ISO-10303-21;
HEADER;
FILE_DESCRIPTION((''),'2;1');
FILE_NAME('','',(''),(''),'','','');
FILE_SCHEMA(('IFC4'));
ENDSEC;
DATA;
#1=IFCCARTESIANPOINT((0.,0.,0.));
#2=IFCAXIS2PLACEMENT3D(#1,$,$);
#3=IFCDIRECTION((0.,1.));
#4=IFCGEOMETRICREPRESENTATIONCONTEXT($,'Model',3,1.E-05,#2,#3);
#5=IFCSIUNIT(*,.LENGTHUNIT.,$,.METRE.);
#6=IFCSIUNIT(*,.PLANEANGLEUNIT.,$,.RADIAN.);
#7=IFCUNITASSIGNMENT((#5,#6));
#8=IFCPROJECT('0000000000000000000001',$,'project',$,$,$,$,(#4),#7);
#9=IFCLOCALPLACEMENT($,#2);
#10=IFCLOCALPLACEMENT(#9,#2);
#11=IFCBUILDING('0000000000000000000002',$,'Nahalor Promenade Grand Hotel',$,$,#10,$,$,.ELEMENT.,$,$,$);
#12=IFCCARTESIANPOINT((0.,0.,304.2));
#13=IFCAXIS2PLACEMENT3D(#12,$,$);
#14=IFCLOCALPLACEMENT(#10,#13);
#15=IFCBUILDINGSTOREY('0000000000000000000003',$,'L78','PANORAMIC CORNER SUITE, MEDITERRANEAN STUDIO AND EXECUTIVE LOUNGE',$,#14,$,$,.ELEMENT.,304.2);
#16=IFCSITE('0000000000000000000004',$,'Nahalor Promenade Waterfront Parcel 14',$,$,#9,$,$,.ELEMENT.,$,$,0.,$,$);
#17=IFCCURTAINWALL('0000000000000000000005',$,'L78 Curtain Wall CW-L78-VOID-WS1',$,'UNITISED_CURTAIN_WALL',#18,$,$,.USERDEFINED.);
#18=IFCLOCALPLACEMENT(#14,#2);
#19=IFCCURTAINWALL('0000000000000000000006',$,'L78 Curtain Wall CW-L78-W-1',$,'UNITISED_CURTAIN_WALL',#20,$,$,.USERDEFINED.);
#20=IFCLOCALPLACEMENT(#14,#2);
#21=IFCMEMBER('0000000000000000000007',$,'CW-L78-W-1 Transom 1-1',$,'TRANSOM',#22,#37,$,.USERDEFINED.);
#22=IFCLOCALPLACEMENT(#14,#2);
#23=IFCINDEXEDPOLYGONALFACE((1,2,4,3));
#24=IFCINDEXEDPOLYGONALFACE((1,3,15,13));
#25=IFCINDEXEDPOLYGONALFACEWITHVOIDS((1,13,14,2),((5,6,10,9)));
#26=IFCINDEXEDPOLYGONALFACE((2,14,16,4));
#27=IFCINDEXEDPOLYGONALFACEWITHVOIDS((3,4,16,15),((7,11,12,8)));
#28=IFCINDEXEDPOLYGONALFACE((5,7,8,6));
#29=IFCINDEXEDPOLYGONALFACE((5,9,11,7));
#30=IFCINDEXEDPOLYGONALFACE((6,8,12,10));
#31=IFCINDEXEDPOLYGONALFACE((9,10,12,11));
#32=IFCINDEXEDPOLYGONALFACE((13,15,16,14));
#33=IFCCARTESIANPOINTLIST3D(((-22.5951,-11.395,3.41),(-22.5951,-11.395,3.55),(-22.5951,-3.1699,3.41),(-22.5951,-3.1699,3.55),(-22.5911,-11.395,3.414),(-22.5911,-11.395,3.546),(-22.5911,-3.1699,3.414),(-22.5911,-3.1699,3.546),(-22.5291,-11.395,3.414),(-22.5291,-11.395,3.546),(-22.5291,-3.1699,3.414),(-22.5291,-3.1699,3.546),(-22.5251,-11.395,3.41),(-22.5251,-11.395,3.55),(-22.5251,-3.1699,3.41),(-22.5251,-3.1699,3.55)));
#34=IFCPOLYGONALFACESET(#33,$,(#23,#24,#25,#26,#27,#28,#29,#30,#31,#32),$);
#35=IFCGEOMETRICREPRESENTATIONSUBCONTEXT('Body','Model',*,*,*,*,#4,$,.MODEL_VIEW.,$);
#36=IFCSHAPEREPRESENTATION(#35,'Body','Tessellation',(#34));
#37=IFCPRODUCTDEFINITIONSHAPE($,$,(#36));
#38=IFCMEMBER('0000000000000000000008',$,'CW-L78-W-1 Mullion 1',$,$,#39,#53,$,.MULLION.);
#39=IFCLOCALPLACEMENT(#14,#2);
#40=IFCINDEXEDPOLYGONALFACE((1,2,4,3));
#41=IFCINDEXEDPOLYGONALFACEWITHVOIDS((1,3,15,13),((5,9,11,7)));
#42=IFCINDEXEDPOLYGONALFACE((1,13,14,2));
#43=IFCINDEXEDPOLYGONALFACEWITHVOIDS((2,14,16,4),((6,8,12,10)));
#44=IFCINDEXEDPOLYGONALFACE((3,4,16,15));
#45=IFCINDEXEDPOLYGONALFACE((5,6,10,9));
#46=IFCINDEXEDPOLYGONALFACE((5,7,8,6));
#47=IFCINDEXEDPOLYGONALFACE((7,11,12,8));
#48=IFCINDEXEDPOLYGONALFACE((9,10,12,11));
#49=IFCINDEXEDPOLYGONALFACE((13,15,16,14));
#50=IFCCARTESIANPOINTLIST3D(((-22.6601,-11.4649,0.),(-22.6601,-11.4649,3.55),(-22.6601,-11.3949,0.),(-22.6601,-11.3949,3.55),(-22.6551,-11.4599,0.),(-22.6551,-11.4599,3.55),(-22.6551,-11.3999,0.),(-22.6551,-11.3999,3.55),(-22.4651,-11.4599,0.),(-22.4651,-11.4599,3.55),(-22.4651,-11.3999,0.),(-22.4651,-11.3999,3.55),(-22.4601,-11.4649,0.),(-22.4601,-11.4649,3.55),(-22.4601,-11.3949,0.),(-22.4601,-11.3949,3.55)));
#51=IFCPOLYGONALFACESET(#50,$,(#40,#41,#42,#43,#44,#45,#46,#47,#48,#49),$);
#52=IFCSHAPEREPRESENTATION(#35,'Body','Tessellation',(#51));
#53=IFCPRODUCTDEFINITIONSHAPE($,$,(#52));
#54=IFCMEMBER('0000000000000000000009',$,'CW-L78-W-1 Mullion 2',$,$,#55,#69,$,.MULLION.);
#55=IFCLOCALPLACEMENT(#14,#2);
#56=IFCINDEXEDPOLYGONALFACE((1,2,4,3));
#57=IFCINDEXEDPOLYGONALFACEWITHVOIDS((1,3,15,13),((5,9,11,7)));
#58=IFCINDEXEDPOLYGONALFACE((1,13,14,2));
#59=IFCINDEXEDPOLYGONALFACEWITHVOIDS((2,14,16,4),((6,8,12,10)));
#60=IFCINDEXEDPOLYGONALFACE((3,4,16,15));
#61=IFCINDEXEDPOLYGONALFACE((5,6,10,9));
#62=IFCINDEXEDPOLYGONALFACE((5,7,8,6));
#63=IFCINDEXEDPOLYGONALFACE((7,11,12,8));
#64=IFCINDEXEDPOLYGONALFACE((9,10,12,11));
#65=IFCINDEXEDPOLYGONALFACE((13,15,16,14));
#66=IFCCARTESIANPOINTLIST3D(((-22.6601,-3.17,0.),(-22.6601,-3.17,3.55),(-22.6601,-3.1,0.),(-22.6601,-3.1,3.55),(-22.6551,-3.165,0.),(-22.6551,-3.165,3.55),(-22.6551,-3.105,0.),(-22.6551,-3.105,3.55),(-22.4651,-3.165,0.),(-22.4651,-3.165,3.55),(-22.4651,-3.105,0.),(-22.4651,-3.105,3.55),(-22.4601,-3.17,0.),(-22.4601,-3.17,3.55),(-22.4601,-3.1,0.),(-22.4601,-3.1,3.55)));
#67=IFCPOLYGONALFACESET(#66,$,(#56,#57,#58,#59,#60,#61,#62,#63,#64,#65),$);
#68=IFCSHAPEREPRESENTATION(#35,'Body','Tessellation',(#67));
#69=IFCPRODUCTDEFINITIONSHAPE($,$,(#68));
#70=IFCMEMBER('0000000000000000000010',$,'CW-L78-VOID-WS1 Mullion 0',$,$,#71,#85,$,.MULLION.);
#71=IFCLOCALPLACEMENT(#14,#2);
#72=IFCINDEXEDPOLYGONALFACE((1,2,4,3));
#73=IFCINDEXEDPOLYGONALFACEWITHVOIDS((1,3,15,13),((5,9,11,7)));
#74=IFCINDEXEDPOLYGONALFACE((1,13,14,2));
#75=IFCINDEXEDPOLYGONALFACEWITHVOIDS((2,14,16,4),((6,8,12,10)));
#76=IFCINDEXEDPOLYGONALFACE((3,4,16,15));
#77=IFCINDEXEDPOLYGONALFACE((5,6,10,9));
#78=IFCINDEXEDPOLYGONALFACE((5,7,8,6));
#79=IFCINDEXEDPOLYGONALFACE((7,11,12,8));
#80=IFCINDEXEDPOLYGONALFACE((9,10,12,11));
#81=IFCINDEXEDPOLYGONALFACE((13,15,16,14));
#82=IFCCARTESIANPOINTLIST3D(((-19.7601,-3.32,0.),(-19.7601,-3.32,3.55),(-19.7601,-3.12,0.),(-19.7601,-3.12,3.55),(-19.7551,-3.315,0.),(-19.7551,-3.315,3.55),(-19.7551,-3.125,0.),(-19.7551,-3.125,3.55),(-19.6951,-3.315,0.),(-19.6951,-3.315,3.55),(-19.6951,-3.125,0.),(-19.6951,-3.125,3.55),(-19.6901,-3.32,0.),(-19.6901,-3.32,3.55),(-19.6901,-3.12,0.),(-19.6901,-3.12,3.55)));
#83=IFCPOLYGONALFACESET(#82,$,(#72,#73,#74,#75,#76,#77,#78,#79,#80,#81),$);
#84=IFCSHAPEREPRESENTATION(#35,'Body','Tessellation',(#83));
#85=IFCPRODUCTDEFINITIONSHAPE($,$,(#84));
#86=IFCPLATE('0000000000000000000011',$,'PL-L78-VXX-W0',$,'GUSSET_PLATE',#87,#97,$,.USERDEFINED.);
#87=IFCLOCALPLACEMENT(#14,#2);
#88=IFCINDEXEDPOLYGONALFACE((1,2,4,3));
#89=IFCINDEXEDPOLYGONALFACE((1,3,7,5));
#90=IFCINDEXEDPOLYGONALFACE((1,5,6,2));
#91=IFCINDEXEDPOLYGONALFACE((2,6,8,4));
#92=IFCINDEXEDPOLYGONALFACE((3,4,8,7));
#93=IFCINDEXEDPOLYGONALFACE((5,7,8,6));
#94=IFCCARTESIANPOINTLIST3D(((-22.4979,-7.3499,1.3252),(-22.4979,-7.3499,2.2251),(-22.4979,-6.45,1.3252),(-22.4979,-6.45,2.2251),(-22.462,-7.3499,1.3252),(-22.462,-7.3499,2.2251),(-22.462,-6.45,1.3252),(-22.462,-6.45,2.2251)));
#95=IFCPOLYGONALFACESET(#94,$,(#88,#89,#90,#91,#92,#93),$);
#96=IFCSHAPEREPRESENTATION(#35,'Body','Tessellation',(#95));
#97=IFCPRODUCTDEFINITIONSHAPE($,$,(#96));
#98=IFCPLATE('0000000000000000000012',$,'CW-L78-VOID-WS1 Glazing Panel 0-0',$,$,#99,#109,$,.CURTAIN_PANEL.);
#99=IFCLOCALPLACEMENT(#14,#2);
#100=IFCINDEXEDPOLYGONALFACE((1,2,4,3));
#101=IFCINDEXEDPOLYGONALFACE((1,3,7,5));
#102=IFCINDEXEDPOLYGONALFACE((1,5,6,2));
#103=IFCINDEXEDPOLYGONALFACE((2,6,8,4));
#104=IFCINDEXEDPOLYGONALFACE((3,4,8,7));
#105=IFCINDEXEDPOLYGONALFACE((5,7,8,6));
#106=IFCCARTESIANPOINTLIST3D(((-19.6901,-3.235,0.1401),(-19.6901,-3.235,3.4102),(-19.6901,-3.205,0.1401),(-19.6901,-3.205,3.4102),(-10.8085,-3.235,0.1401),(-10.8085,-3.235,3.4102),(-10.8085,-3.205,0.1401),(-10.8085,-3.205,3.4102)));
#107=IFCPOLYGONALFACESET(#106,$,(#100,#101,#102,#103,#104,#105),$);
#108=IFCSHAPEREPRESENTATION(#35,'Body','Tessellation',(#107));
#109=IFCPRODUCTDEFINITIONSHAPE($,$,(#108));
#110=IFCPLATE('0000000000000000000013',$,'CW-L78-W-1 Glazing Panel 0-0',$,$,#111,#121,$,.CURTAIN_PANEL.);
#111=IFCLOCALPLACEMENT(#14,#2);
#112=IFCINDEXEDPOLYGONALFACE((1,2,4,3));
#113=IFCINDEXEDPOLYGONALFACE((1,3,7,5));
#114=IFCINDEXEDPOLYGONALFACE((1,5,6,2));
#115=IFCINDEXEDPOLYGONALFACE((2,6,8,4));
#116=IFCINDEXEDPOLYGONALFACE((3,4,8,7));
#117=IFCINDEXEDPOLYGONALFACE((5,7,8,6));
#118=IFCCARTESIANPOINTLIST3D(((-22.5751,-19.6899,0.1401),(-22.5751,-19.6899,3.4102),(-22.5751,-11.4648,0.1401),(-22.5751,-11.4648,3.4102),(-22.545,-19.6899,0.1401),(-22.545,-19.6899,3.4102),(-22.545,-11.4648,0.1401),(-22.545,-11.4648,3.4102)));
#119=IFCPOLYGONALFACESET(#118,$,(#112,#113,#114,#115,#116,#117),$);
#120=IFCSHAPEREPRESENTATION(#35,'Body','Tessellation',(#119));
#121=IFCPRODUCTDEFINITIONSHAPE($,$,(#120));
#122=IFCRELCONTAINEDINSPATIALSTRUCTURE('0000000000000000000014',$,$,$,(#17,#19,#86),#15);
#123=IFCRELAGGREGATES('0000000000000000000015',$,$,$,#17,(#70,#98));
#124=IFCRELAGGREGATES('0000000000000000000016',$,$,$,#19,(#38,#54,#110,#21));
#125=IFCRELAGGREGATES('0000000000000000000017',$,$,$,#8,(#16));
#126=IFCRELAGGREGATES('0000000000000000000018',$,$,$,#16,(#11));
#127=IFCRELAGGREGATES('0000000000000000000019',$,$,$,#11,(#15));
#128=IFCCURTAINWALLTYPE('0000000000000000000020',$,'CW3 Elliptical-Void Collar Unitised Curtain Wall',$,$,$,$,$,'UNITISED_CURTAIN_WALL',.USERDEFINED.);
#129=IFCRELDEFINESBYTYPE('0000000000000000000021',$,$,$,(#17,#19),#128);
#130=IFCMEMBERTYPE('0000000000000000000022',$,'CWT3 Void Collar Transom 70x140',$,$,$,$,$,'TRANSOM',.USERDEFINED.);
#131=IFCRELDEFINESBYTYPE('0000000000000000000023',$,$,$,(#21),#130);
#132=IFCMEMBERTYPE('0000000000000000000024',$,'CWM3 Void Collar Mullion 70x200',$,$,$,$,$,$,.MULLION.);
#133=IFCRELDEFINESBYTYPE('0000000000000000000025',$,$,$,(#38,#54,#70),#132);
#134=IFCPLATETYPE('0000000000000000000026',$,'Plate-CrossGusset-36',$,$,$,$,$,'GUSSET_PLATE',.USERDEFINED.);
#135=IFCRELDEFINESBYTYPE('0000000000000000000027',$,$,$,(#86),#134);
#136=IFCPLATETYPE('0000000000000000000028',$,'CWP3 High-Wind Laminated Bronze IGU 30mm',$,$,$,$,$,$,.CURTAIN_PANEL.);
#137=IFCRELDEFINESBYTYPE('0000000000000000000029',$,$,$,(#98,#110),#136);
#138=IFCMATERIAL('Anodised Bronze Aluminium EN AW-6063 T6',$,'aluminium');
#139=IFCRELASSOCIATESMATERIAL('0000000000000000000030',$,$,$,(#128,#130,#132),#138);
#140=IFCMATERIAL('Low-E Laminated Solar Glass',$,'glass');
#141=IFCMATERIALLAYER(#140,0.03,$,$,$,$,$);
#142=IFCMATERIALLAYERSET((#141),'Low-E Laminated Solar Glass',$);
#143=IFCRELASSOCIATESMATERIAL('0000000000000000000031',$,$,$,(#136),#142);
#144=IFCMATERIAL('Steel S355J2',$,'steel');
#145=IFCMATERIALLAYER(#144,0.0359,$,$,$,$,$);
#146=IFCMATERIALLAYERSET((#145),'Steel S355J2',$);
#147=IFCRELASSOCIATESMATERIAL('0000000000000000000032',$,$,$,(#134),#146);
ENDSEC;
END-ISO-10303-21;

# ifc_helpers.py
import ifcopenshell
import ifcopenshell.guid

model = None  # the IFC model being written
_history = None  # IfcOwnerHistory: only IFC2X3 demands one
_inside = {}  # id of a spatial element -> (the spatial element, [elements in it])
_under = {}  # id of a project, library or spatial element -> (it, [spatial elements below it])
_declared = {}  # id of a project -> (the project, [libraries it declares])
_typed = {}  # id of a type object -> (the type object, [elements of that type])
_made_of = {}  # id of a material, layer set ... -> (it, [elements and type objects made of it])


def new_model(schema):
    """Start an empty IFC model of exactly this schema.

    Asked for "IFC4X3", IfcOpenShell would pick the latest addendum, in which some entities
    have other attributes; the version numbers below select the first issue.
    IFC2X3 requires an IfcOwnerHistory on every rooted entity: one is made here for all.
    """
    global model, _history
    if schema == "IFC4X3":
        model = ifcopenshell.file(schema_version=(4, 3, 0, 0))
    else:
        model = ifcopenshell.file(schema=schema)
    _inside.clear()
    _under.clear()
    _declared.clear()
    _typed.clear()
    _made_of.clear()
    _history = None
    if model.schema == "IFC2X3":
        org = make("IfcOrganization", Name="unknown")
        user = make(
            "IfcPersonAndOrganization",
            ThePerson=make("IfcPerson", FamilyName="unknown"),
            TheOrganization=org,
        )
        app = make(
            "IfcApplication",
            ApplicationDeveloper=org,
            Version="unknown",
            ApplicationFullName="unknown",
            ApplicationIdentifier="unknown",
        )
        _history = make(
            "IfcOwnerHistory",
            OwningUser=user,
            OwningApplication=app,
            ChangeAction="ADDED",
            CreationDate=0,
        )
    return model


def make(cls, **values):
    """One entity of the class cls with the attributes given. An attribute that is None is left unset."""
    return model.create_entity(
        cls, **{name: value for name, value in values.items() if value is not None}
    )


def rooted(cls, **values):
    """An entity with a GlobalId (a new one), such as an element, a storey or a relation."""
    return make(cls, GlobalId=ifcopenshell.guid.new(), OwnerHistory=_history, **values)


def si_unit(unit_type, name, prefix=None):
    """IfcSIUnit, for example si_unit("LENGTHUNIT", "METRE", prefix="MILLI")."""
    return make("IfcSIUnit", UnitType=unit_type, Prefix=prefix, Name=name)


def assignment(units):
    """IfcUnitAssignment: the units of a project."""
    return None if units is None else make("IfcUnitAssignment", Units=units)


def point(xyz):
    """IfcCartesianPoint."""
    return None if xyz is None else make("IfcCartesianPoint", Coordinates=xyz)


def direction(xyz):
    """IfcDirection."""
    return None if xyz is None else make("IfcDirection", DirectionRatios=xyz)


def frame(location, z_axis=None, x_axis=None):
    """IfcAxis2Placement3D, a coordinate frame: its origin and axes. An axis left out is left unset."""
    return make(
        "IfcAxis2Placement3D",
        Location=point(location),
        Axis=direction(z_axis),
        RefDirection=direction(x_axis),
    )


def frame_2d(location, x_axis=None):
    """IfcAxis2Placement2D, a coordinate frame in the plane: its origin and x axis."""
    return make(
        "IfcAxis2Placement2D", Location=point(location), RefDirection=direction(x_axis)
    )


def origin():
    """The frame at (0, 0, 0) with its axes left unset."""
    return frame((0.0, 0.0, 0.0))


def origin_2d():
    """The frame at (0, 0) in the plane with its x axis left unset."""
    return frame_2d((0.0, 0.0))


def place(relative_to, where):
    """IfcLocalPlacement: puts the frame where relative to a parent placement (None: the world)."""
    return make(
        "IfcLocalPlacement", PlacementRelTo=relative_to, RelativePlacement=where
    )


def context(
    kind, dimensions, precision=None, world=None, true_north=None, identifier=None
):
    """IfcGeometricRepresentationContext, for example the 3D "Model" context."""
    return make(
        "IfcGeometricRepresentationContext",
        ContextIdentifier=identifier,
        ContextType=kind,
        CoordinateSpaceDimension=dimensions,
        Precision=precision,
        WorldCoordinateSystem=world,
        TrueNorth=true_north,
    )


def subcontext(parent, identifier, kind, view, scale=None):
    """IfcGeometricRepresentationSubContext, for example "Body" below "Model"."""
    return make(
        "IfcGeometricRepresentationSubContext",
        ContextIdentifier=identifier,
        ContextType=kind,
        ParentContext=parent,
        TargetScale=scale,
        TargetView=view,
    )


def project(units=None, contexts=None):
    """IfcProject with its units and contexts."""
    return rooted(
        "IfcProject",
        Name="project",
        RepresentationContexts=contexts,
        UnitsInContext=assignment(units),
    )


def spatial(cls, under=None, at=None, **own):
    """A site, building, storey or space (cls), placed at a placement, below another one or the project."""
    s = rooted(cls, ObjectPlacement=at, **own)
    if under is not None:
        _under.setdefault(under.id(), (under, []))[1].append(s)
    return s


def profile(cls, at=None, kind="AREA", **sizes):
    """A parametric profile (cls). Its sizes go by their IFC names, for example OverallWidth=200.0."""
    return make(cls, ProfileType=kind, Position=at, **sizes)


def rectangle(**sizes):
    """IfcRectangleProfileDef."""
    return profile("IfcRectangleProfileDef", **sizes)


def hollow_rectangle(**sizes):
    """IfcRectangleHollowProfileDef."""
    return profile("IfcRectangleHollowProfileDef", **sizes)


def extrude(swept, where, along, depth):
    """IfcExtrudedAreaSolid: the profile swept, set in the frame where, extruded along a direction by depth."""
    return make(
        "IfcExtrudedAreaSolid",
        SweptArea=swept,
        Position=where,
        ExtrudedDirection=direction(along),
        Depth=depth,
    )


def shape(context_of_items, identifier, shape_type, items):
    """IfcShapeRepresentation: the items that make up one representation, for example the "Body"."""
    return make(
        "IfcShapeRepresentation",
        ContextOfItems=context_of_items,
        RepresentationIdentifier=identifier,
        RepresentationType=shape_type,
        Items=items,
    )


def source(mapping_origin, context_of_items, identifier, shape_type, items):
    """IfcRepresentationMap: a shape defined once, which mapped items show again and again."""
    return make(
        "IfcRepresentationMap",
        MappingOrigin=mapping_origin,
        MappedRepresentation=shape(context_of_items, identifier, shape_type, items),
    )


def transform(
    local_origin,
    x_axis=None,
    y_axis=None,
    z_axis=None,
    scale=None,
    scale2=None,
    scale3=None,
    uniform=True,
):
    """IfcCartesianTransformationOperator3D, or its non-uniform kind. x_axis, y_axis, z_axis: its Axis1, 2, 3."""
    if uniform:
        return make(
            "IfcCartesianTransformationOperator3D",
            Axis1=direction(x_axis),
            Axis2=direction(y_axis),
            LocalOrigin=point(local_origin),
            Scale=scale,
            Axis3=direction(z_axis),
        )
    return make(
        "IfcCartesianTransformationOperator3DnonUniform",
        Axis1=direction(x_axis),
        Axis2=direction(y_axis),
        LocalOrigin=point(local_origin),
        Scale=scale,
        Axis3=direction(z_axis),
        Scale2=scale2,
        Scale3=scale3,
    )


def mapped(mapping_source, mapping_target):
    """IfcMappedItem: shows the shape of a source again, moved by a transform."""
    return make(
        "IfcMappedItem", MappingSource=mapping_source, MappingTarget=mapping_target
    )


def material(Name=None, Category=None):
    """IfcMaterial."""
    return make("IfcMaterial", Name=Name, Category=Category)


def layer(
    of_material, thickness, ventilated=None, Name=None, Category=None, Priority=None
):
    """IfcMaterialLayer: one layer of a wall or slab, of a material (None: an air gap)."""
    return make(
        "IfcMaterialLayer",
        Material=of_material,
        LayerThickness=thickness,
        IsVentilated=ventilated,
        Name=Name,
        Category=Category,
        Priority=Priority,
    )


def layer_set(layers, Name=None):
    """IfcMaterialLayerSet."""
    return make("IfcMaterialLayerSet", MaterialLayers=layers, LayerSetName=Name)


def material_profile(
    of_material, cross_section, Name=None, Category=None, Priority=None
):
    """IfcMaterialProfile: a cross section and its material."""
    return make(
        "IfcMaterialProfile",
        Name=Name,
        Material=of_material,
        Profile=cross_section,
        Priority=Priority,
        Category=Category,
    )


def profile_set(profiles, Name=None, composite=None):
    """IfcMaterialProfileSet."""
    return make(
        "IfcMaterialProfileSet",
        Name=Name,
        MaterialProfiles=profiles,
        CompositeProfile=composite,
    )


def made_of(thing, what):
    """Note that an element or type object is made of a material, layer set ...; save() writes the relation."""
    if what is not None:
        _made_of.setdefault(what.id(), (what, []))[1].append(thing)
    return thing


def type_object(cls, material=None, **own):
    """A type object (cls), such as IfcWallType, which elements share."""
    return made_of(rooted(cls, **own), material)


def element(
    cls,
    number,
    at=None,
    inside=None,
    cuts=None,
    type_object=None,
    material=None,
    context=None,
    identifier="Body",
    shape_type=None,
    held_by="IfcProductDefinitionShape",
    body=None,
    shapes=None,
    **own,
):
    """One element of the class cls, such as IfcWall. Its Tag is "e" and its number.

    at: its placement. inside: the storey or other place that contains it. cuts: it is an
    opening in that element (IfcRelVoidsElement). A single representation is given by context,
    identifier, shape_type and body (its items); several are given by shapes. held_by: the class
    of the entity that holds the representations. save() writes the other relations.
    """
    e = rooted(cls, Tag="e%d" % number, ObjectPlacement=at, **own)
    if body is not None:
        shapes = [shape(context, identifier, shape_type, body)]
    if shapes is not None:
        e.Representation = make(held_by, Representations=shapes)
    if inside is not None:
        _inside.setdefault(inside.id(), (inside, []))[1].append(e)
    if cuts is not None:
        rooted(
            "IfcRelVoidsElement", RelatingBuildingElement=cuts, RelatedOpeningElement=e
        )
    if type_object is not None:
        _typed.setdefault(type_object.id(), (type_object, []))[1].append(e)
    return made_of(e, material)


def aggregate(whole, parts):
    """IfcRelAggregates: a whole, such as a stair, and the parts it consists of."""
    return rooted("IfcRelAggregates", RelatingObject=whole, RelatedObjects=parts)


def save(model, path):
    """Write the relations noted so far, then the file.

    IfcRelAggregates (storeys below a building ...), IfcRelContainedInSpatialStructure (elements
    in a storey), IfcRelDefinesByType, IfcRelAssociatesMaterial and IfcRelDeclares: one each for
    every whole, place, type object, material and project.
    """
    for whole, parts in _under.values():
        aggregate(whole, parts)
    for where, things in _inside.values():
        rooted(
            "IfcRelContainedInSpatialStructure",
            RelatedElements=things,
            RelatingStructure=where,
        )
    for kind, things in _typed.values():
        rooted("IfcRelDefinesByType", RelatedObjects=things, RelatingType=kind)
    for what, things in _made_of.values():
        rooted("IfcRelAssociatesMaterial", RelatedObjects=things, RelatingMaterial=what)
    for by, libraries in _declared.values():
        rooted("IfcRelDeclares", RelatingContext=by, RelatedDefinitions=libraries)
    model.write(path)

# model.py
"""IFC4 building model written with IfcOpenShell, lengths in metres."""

from ifc_helpers import new_model, si_unit, direction, frame, origin, origin_2d, place, context, subcontext, project, spatial, rectangle, hollow_rectangle, extrude, source, transform, mapped, material, layer, layer_set, material_profile, profile_set, type_object, element, aggregate, save


model = new_model("IFC4")

# Units and contexts
model_context = context("Model", 3, precision=1e-05, world=origin(), true_north=direction((0.0, 1.0)))
body_context = subcontext(model_context, "Body", "Model", "MODEL_VIEW")
ifc_project = project(units=[si_unit("LENGTHUNIT", "METRE"), si_unit("PLANEANGLEUNIT", "RADIAN")], contexts=[model_context])

# Site, building, storey
site_placement = place(None, origin())
site = spatial("IfcSite", under=ifc_project, at=site_placement, Name="Nahalor Promenade Waterfront Parcel 14", CompositionType="ELEMENT", RefElevation=0.0)
building_placement = place(site_placement, origin())
building = spatial("IfcBuilding", under=site, at=building_placement, Name="Nahalor Promenade Grand Hotel", CompositionType="ELEMENT")
storey_placement = place(building_placement, frame((0.0, 0.0, 304.2)))
storey = spatial("IfcBuildingStorey", under=building, at=storey_placement, Name="L78", Description="PANORAMIC CORNER SUITE, MEDITERRANEAN STUDIO AND EXECUTIVE LOUNGE", CompositionType="ELEMENT", Elevation=304.2)

# Curtain walls, members
ifc_material_1 = material(Name="Anodised Bronze Aluminium EN AW-6063 T6", Category="aluminium")
curtain_wall_type = type_object("IfcCurtainWallType", Name="CW3 Elliptical-Void Collar Unitised Curtain Wall", ElementType="UNITISED_CURTAIN_WALL", PredefinedType="USERDEFINED", material=ifc_material_1)
curtain_wall_1_placement = place(storey_placement, origin())
curtain_wall_1 = element("IfcCurtainWall", 1, at=curtain_wall_1_placement, inside=storey, type_object=curtain_wall_type, Name="L78 Curtain Wall CW-L78-VOID-WS1", ObjectType="UNITISED_CURTAIN_WALL", PredefinedType="USERDEFINED")
ifc_material_profile_1 = material_profile(ifc_material_1, hollow_rectangle(XDim=0.07, YDim=0.14, WallThickness=0.004, at=origin_2d()), Name="CWT 70x140x4")
ifc_profile_set_1 = profile_set([ifc_material_profile_1], Name="Anodised Bronze Aluminium EN AW-6063 T6")
member_type_1 = type_object("IfcMemberType", Name="CWT3 Void Collar Transom 70x140", ElementType="TRANSOM", PredefinedType="USERDEFINED", material=ifc_profile_set_1)
curtain_wall_2_placement = place(storey_placement, origin())
curtain_wall_2 = element("IfcCurtainWall", 2, at=curtain_wall_2_placement, inside=storey, type_object=curtain_wall_type, Name="L78 Curtain Wall CW-L78-W-1", ObjectType="UNITISED_CURTAIN_WALL", PredefinedType="USERDEFINED")
shared_shape_1 = source(origin(), body_context, "Body", "SweptSolid", [
    extrude(hollow_rectangle(XDim=0.07, YDim=0.14, WallThickness=0.004, at=origin_2d()), origin(), (0.0, 0.0, 1.0), 8.2251),
])
member_1_placement = place(storey_placement, frame((-22.5601, -11.395, 3.48), z_axis=(0.0, 1.0, 0.0), x_axis=(-1.0, 0.0, 0.0)))
member_1 = element("IfcMember", 3, at=member_1_placement, type_object=member_type_1, Name="CW-L78-W-1 Transom 1-1", ObjectType="TRANSOM", PredefinedType="USERDEFINED", context=body_context, shape_type="MappedRepresentation", body=[
    mapped(shared_shape_1, transform((0.0, 0.0, 0.0), scale=1.0)),
])
ifc_material_profile_2 = material_profile(ifc_material_1, hollow_rectangle(XDim=0.07, YDim=0.2, WallThickness=0.005, at=origin_2d()), Name="CWM 70x200x5")
ifc_profile_set_2 = profile_set([ifc_material_profile_2], Name="Anodised Bronze Aluminium EN AW-6063 T6")
member_type_2 = type_object("IfcMemberType", Name="CWM3 Void Collar Mullion 70x200", PredefinedType="MULLION", material=ifc_profile_set_2)
shared_shape_2 = source(origin(), body_context, "Body", "SweptSolid", [
    extrude(hollow_rectangle(XDim=0.07, YDim=0.2, WallThickness=0.005, at=origin_2d()), origin(), (0.0, 0.0, 1.0), 3.55),
])
member_2_placement = place(storey_placement, frame((-22.5601, -11.4299, 0.0), z_axis=(0.0, 0.0, 1.0), x_axis=(0.0, 1.0, 0.0)))
member_2 = element("IfcMember", 4, at=member_2_placement, type_object=member_type_2, Name="CW-L78-W-1 Mullion 1", PredefinedType="MULLION", context=body_context, shape_type="MappedRepresentation", body=[
    mapped(shared_shape_2, transform((0.0, 0.0, 0.0), scale=1.0)),
])
member_3_placement = place(storey_placement, frame((-22.5601, -3.135, 0.0), z_axis=(0.0, 0.0, 1.0), x_axis=(0.0, 1.0, 0.0)))
member_3 = element("IfcMember", 5, at=member_3_placement, type_object=member_type_2, Name="CW-L78-W-1 Mullion 2", PredefinedType="MULLION", context=body_context, shape_type="MappedRepresentation", body=[
    mapped(shared_shape_2, transform((0.0, 0.0, 0.0), scale=1.0)),
])

# Member
member_4_placement = place(storey_placement, frame((-19.7251, -3.22, 0.0), z_axis=(0.0, 0.0, 1.0), x_axis=(1.0, 0.0, 0.0)))
member_4 = element("IfcMember", 6, at=member_4_placement, type_object=member_type_2, Name="CW-L78-VOID-WS1 Mullion 0", PredefinedType="MULLION", context=body_context, shape_type="MappedRepresentation", body=[
    mapped(shared_shape_2, transform((0.0, 0.0, 0.0), scale=1.0)),
])

# Plates
ifc_material_2 = material(Name="Low-E Laminated Solar Glass", Category="glass")
ifc_layer_1 = layer(ifc_material_2, 0.03)
ifc_layer_set_1 = layer_set([ifc_layer_1], Name="Low-E Laminated Solar Glass")
plate_type_1 = type_object("IfcPlateType", Name="CWP3 High-Wind Laminated Bronze IGU 30mm", PredefinedType="CURTAIN_PANEL", material=ifc_layer_set_1)
ifc_material_3 = material(Name="Steel S355J2", Category="steel")
ifc_layer_2 = layer(ifc_material_3, 0.0359)
ifc_layer_set_2 = layer_set([ifc_layer_2], Name="Steel S355J2")
plate_type_2 = type_object("IfcPlateType", Name="Plate-CrossGusset-36", ElementType="GUSSET_PLATE", PredefinedType="USERDEFINED", material=ifc_layer_set_2)
shared_shape_3 = source(origin(), body_context, "Body", "SweptSolid", [
    extrude(rectangle(XDim=0.8999, YDim=0.0359, at=origin_2d()), origin(), (0.0, 0.0, 1.0), 0.8999),
])
plate_1_placement = place(storey_placement, frame((-22.48, -6.8999, 1.3252), z_axis=(0.0, 0.0, 1.0), x_axis=(0.0, 1.0, 0.0)))
element("IfcPlate", 7, at=plate_1_placement, inside=storey, type_object=plate_type_2, Name="PL-L78-VXX-W0", ObjectType="GUSSET_PLATE", PredefinedType="USERDEFINED", context=body_context, shape_type="MappedRepresentation", body=[
    mapped(shared_shape_3, transform((0.0, 0.0, 0.0), scale=1.0)),
])
shared_shape_4 = source(origin(), body_context, "Body", "SweptSolid", [
    extrude(rectangle(XDim=8.8816, YDim=0.03, at=origin_2d()), origin(), (0.0, 0.0, 1.0), 3.27),
])
plate_2_placement = place(storey_placement, frame((-15.2493, -3.22, 0.1401), z_axis=(0.0, 0.0, 1.0), x_axis=(1.0, 0.0, 0.0)))
plate_2 = element("IfcPlate", 8, at=plate_2_placement, type_object=plate_type_1, Name="CW-L78-VOID-WS1 Glazing Panel 0-0", PredefinedType="CURTAIN_PANEL", context=body_context, shape_type="MappedRepresentation", body=[
    mapped(shared_shape_4, transform((0.0, 0.0, 0.0), scale=1.0)),
])
aggregate(curtain_wall_1, [member_4, plate_2])
shared_shape_5 = source(origin(), body_context, "Body", "SweptSolid", [
    extrude(rectangle(XDim=8.2251, YDim=0.03, at=origin_2d()), origin(), (0.0, 0.0, 1.0), 3.27),
])
plate_3_placement = place(storey_placement, frame((-22.5601, -15.5774, 0.1401), z_axis=(0.0, 0.0, 1.0), x_axis=(0.0, 1.0, 0.0)))
plate_3 = element("IfcPlate", 9, at=plate_3_placement, type_object=plate_type_1, Name="CW-L78-W-1 Glazing Panel 0-0", PredefinedType="CURTAIN_PANEL", context=body_context, shape_type="MappedRepresentation", body=[
    mapped(shared_shape_5, transform((0.0, 0.0, 0.0), scale=1.0)),
])
aggregate(curtain_wall_2, [member_2, member_3, plate_3, member_1])

save(model, "model.ifc")
